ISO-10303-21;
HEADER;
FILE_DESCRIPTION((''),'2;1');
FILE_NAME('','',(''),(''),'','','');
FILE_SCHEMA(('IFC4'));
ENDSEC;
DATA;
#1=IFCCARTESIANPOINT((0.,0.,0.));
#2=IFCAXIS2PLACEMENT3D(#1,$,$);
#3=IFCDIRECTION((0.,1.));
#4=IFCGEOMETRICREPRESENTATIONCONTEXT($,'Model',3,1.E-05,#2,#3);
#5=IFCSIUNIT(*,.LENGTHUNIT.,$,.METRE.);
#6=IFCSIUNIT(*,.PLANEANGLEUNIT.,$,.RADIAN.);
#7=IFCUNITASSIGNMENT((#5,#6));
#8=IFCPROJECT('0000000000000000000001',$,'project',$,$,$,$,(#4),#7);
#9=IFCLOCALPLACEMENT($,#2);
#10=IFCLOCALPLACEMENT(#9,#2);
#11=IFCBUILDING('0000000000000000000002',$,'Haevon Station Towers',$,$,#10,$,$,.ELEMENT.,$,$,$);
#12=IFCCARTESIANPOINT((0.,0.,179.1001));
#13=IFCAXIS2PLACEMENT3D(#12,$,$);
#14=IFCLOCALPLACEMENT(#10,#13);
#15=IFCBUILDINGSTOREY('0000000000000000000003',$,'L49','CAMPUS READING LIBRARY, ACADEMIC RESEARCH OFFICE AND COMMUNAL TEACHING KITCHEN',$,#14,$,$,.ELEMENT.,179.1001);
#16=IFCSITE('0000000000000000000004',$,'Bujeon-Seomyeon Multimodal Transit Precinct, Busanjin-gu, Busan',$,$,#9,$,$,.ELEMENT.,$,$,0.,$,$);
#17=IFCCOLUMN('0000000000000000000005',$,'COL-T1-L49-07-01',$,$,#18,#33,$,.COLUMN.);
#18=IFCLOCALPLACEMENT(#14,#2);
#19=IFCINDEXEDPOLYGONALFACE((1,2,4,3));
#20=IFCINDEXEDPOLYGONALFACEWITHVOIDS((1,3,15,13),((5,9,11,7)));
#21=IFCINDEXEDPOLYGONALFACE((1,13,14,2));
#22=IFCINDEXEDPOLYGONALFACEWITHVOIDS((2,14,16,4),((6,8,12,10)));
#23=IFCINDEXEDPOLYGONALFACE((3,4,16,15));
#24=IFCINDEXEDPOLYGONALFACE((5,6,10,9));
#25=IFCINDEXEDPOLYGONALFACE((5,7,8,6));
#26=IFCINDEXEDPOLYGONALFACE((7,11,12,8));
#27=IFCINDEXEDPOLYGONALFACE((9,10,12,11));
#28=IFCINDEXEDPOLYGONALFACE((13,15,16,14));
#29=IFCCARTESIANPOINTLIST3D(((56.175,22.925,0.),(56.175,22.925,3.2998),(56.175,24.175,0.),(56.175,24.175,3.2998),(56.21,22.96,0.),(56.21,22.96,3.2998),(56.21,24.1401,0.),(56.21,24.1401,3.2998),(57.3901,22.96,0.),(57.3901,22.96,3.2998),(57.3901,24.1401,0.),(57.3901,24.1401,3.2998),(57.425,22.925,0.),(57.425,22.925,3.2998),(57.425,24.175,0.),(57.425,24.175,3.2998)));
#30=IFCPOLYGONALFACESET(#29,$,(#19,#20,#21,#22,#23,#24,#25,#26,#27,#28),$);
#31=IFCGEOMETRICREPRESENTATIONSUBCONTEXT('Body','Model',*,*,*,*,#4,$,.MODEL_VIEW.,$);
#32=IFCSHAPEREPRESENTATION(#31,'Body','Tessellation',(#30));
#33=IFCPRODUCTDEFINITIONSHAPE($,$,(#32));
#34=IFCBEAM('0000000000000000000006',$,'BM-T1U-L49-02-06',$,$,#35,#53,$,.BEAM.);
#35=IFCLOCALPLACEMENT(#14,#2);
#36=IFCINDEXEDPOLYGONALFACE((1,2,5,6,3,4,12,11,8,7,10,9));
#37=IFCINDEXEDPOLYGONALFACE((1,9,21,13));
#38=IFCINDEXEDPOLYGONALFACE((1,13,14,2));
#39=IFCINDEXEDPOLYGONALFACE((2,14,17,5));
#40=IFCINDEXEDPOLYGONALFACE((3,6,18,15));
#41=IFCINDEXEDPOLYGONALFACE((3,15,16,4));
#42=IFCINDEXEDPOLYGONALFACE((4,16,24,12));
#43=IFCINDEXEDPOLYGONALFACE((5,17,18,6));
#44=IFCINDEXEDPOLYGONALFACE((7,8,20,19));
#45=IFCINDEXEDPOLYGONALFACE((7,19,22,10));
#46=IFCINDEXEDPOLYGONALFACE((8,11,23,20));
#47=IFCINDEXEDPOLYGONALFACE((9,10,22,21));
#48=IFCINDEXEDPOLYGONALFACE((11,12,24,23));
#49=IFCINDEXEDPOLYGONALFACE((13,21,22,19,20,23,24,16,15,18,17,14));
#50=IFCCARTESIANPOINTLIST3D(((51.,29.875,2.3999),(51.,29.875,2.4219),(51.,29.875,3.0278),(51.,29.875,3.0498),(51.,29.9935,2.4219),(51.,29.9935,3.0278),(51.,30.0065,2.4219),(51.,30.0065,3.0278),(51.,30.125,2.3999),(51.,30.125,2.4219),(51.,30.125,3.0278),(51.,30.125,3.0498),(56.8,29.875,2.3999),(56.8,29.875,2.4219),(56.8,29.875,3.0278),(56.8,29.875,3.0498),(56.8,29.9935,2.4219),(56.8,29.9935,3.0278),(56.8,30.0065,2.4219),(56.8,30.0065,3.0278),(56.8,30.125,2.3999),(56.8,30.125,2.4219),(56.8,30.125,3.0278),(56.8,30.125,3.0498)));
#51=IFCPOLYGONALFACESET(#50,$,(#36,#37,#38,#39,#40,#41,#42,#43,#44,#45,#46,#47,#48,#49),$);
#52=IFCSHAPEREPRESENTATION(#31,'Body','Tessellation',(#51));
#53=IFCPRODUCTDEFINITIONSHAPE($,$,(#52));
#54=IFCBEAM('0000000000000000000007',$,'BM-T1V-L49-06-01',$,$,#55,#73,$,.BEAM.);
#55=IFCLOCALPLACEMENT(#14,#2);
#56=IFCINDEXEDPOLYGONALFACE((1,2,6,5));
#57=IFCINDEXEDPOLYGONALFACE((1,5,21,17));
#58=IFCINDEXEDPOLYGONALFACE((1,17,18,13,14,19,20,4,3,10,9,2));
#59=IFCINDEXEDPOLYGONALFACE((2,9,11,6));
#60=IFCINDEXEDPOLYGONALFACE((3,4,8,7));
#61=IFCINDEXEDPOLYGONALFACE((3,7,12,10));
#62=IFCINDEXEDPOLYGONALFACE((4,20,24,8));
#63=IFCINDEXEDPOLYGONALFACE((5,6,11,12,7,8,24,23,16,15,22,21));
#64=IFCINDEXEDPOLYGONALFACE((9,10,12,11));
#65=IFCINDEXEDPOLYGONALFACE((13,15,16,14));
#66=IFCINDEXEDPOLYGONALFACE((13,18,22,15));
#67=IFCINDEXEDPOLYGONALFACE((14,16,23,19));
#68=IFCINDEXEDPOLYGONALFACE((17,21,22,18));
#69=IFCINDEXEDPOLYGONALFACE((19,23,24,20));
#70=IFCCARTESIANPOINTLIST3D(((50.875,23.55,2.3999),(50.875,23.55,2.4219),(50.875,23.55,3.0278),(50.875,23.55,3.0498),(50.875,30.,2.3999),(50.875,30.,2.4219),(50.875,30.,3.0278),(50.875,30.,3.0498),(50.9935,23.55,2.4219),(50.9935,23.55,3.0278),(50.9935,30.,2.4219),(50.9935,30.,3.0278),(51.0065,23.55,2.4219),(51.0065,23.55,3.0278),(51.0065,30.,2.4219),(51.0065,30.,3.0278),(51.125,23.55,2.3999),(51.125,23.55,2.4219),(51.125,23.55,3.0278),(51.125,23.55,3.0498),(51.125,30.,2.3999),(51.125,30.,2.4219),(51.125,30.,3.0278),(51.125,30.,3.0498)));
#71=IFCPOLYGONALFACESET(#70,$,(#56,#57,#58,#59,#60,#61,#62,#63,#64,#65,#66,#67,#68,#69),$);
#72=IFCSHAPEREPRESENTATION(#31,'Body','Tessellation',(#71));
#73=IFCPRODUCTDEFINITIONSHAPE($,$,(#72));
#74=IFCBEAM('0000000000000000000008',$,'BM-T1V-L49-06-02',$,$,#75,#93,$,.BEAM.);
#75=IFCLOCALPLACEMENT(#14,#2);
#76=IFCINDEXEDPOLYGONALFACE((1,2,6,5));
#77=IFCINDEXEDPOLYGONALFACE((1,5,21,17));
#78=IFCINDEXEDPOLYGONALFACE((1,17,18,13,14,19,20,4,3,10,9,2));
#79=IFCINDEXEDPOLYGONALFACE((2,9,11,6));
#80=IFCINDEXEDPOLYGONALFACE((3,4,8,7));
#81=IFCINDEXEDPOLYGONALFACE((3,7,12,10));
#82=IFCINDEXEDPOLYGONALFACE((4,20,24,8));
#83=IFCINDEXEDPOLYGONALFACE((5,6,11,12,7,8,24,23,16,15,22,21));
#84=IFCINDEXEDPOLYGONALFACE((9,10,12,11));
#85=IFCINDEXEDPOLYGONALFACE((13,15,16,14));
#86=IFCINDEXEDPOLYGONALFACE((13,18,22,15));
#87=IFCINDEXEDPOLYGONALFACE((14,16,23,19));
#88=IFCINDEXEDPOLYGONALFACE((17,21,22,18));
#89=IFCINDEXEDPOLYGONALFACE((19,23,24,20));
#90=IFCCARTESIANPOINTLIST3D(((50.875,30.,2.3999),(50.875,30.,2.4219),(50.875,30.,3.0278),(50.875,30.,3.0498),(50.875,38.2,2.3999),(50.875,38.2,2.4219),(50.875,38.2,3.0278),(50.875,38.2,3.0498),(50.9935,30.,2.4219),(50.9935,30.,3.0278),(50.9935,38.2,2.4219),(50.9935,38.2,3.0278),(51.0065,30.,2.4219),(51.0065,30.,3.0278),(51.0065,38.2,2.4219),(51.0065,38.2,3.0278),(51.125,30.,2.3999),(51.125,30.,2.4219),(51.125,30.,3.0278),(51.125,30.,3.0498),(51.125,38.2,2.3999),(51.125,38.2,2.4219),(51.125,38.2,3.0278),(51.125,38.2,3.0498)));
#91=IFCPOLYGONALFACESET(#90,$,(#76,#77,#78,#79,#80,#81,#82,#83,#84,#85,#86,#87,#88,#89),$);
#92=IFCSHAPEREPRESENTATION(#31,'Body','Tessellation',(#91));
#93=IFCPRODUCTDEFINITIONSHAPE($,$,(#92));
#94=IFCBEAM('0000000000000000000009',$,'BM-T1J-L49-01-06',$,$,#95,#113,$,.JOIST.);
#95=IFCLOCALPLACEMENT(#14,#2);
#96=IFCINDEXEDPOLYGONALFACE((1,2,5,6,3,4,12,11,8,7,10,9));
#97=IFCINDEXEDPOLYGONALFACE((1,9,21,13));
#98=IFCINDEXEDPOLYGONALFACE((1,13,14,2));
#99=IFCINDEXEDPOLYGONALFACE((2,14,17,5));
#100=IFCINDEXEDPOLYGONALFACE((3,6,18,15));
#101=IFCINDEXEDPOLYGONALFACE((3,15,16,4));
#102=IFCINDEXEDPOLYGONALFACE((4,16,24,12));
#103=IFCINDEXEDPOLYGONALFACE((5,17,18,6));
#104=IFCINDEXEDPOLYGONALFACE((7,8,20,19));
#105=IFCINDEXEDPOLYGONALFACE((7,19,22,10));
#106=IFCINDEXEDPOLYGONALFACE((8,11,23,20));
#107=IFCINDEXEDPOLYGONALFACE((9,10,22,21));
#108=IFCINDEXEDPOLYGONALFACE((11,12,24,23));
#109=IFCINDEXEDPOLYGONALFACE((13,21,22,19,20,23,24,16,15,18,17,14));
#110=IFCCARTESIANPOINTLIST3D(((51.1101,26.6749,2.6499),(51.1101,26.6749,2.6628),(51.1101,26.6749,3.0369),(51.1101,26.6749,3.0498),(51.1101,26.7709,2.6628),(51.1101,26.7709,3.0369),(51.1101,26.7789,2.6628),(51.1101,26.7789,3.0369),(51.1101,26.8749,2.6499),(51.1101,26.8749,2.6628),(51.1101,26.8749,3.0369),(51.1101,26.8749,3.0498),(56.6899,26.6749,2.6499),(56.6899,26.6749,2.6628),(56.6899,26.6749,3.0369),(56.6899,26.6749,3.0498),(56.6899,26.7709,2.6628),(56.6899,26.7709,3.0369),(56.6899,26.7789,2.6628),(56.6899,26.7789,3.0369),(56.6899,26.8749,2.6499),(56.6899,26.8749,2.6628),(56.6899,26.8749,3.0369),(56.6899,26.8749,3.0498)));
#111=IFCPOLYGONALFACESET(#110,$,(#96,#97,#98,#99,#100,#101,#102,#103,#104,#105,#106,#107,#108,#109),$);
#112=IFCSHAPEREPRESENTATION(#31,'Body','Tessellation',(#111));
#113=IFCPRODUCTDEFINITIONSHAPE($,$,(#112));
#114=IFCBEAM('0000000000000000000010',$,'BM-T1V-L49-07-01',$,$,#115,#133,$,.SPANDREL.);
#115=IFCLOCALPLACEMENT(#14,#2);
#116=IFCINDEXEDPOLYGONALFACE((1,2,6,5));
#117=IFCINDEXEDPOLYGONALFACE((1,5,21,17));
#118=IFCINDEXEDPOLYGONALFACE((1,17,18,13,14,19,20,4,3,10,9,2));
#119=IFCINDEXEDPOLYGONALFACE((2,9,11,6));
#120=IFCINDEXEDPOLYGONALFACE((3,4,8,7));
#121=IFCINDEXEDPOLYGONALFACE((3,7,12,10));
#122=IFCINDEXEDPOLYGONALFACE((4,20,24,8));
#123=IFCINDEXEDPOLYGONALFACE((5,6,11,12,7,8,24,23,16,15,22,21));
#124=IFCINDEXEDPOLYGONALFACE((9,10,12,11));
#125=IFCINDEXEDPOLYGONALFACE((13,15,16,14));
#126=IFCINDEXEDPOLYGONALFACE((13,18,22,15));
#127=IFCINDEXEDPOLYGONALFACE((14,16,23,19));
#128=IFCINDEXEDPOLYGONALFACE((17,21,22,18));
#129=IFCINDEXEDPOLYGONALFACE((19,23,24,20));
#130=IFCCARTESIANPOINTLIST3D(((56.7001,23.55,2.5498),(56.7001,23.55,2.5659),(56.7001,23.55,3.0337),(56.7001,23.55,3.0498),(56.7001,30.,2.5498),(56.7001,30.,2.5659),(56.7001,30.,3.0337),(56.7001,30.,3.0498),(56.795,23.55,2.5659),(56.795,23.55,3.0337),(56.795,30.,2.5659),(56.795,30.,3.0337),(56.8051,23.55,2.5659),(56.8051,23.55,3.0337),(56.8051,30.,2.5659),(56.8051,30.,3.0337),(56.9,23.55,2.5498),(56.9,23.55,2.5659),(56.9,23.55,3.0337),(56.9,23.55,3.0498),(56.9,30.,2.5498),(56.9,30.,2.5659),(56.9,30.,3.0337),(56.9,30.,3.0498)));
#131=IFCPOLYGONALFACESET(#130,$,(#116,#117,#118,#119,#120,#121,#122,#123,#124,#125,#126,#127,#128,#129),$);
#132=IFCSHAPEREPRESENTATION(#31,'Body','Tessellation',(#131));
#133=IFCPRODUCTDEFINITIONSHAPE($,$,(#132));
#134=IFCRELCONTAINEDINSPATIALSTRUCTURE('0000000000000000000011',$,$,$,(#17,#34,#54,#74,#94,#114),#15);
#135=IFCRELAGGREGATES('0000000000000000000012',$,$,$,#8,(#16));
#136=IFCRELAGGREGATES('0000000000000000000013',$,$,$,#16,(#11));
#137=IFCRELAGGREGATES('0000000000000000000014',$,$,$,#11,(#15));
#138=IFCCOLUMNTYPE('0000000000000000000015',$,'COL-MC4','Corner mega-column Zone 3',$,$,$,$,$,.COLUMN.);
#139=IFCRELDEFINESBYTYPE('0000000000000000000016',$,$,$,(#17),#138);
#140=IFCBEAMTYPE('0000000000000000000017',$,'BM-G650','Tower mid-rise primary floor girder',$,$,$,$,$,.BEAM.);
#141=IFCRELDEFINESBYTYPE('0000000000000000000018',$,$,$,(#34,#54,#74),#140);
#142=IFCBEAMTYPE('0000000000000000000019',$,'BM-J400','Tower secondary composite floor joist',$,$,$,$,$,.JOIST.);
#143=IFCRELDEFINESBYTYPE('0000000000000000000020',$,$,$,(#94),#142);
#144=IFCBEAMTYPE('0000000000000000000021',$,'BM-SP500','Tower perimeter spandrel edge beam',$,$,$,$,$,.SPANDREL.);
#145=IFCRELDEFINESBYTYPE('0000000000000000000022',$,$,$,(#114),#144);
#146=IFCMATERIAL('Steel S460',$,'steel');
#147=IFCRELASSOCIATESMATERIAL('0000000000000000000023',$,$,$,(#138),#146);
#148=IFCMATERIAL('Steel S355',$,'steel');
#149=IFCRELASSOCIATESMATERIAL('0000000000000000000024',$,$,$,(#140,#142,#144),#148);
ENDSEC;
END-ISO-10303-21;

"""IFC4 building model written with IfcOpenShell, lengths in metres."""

from ifc_helpers import new_model, si_unit, direction, frame, origin, origin_2d, place, context, subcontext, project, spatial, hollow_rectangle, i_section, extrude, material, material_profile, profile_set, type_object, element, save


model = new_model("IFC4")

# Units and contexts
model_context = context("Model", 3, precision=1e-05, world=origin(), true_north=direction((0.0, 1.0)))
body_context = subcontext(model_context, "Body", "Model", "MODEL_VIEW")
ifc_project = project(units=[si_unit("LENGTHUNIT", "METRE"), si_unit("PLANEANGLEUNIT", "RADIAN")], contexts=[model_context])

# Site, building, storey
site_placement = place(None, origin())
site = spatial("IfcSite", under=ifc_project, at=site_placement, Name="Bujeon-Seomyeon Multimodal Transit Precinct, Busanjin-gu, Busan", CompositionType="ELEMENT", RefElevation=0.0)
building_placement = place(site_placement, origin())
building = spatial("IfcBuilding", under=site, at=building_placement, Name="Haevon Station Towers", CompositionType="ELEMENT")
storey_placement = place(building_placement, frame((0.0, 0.0, 179.1001)))
storey = spatial("IfcBuildingStorey", under=building, at=storey_placement, Name="L49", Description="CAMPUS READING LIBRARY, ACADEMIC RESEARCH OFFICE AND COMMUNAL TEACHING KITCHEN", CompositionType="ELEMENT", Elevation=179.1001)

# Column
ifc_material_1 = material(Name="Steel S460", Category="steel")
ifc_material_profile_1 = material_profile(ifc_material_1, hollow_rectangle(XDim=1.25, YDim=1.25, WallThickness=0.0349, at=origin_2d()), Name="BOX-1250x1250x35")
ifc_profile_set_1 = profile_set([ifc_material_profile_1], Name="Steel S460")
column_type = type_object("IfcColumnType", Name="COL-MC4", Description="Corner mega-column Zone 3", PredefinedType="COLUMN", material=ifc_profile_set_1)
column_placement = place(storey_placement, frame((56.8, 23.55, 0.0), z_axis=(0.0, 0.0, 1.0), x_axis=(1.0, 0.0, 0.0)))
element("IfcColumn", 1, at=column_placement, inside=storey, type_object=column_type, Name="COL-T1-L49-07-01", PredefinedType="COLUMN", context=body_context, shape_type="SweptSolid", body=[
    extrude(hollow_rectangle(XDim=1.25, YDim=1.25, WallThickness=0.0349, at=origin_2d()), origin(), (0.0, 0.0, 1.0), 3.2998),
])

# Beams
ifc_material_2 = material(Name="Steel S355", Category="steel")
ifc_material_profile_2 = material_profile(ifc_material_2, i_section(OverallWidth=0.25, OverallDepth=0.6499, WebThickness=0.0129, FlangeThickness=0.022, at=origin_2d()), Name="H-650x250x13x22")
ifc_profile_set_2 = profile_set([ifc_material_profile_2], Name="Steel S355")
beam_type_1 = type_object("IfcBeamType", Name="BM-G650", Description="Tower mid-rise primary floor girder", PredefinedType="BEAM", material=ifc_profile_set_2)
beam_1_placement = place(storey_placement, frame((51.0, 30.0, 2.7249), z_axis=(1.0, 0.0, 0.0), x_axis=(0.0, 1.0, 0.0)))
element("IfcBeam", 2, at=beam_1_placement, inside=storey, type_object=beam_type_1, Name="BM-T1U-L49-02-06", PredefinedType="BEAM", context=body_context, shape_type="SweptSolid", body=[
    extrude(i_section(OverallWidth=0.25, OverallDepth=0.6499, WebThickness=0.0129, FlangeThickness=0.022, at=origin_2d()), origin(), (0.0, 0.0, 1.0), 5.8),
])
beam_2_placement = place(storey_placement, frame((51.0, 23.55, 2.7249), z_axis=(0.0, 1.0, 0.0), x_axis=(-1.0, 0.0, 0.0)))
element("IfcBeam", 3, at=beam_2_placement, inside=storey, type_object=beam_type_1, Name="BM-T1V-L49-06-01", PredefinedType="BEAM", context=body_context, shape_type="SweptSolid", body=[
    extrude(i_section(OverallWidth=0.25, OverallDepth=0.6499, WebThickness=0.0129, FlangeThickness=0.022, at=origin_2d()), origin(), (0.0, 0.0, 1.0), 6.45),
])
beam_3_placement = place(storey_placement, frame((51.0, 30.0, 2.7249), z_axis=(0.0, 1.0, 0.0), x_axis=(-1.0, 0.0, 0.0)))
element("IfcBeam", 4, at=beam_3_placement, inside=storey, type_object=beam_type_1, Name="BM-T1V-L49-06-02", PredefinedType="BEAM", context=body_context, shape_type="SweptSolid", body=[
    extrude(i_section(OverallWidth=0.25, OverallDepth=0.6499, WebThickness=0.0129, FlangeThickness=0.022, at=origin_2d()), origin(), (0.0, 0.0, 1.0), 8.2),
])
ifc_material_profile_3 = material_profile(ifc_material_2, i_section(OverallWidth=0.2, OverallDepth=0.3999, WebThickness=0.0081, FlangeThickness=0.0129, at=origin_2d()), Name="H-400x200x8x13")
ifc_profile_set_3 = profile_set([ifc_material_profile_3], Name="Steel S355")
beam_type_2 = type_object("IfcBeamType", Name="BM-J400", Description="Tower secondary composite floor joist", PredefinedType="JOIST", material=ifc_profile_set_3)
beam_4_placement = place(storey_placement, frame((51.1101, 26.7749, 2.8499), z_axis=(1.0, 0.0, 0.0), x_axis=(0.0, 1.0, 0.0)))
element("IfcBeam", 5, at=beam_4_placement, inside=storey, type_object=beam_type_2, Name="BM-T1J-L49-01-06", PredefinedType="JOIST", context=body_context, shape_type="SweptSolid", body=[
    extrude(i_section(OverallWidth=0.2, OverallDepth=0.3999, WebThickness=0.0081, FlangeThickness=0.0129, at=origin_2d()), origin(), (0.0, 0.0, 1.0), 5.5798),
])
ifc_material_profile_4 = material_profile(ifc_material_2, i_section(OverallWidth=0.2, OverallDepth=0.5, WebThickness=0.01, FlangeThickness=0.0161, at=origin_2d()), Name="H-500x200x10x16")
ifc_profile_set_4 = profile_set([ifc_material_profile_4], Name="Steel S355")
beam_type_3 = type_object("IfcBeamType", Name="BM-SP500", Description="Tower perimeter spandrel edge beam", PredefinedType="SPANDREL", material=ifc_profile_set_4)
beam_5_placement = place(storey_placement, frame((56.8, 23.55, 2.7998), z_axis=(0.0, 1.0, 0.0), x_axis=(-1.0, 0.0, 0.0)))
element("IfcBeam", 6, at=beam_5_placement, inside=storey, type_object=beam_type_3, Name="BM-T1V-L49-07-01", PredefinedType="SPANDREL", context=body_context, shape_type="SweptSolid", body=[
    extrude(i_section(OverallWidth=0.2, OverallDepth=0.5, WebThickness=0.01, FlangeThickness=0.0161, at=origin_2d()), origin(), (0.0, 0.0, 1.0), 6.45),
])

save(model, "model.ifc")
